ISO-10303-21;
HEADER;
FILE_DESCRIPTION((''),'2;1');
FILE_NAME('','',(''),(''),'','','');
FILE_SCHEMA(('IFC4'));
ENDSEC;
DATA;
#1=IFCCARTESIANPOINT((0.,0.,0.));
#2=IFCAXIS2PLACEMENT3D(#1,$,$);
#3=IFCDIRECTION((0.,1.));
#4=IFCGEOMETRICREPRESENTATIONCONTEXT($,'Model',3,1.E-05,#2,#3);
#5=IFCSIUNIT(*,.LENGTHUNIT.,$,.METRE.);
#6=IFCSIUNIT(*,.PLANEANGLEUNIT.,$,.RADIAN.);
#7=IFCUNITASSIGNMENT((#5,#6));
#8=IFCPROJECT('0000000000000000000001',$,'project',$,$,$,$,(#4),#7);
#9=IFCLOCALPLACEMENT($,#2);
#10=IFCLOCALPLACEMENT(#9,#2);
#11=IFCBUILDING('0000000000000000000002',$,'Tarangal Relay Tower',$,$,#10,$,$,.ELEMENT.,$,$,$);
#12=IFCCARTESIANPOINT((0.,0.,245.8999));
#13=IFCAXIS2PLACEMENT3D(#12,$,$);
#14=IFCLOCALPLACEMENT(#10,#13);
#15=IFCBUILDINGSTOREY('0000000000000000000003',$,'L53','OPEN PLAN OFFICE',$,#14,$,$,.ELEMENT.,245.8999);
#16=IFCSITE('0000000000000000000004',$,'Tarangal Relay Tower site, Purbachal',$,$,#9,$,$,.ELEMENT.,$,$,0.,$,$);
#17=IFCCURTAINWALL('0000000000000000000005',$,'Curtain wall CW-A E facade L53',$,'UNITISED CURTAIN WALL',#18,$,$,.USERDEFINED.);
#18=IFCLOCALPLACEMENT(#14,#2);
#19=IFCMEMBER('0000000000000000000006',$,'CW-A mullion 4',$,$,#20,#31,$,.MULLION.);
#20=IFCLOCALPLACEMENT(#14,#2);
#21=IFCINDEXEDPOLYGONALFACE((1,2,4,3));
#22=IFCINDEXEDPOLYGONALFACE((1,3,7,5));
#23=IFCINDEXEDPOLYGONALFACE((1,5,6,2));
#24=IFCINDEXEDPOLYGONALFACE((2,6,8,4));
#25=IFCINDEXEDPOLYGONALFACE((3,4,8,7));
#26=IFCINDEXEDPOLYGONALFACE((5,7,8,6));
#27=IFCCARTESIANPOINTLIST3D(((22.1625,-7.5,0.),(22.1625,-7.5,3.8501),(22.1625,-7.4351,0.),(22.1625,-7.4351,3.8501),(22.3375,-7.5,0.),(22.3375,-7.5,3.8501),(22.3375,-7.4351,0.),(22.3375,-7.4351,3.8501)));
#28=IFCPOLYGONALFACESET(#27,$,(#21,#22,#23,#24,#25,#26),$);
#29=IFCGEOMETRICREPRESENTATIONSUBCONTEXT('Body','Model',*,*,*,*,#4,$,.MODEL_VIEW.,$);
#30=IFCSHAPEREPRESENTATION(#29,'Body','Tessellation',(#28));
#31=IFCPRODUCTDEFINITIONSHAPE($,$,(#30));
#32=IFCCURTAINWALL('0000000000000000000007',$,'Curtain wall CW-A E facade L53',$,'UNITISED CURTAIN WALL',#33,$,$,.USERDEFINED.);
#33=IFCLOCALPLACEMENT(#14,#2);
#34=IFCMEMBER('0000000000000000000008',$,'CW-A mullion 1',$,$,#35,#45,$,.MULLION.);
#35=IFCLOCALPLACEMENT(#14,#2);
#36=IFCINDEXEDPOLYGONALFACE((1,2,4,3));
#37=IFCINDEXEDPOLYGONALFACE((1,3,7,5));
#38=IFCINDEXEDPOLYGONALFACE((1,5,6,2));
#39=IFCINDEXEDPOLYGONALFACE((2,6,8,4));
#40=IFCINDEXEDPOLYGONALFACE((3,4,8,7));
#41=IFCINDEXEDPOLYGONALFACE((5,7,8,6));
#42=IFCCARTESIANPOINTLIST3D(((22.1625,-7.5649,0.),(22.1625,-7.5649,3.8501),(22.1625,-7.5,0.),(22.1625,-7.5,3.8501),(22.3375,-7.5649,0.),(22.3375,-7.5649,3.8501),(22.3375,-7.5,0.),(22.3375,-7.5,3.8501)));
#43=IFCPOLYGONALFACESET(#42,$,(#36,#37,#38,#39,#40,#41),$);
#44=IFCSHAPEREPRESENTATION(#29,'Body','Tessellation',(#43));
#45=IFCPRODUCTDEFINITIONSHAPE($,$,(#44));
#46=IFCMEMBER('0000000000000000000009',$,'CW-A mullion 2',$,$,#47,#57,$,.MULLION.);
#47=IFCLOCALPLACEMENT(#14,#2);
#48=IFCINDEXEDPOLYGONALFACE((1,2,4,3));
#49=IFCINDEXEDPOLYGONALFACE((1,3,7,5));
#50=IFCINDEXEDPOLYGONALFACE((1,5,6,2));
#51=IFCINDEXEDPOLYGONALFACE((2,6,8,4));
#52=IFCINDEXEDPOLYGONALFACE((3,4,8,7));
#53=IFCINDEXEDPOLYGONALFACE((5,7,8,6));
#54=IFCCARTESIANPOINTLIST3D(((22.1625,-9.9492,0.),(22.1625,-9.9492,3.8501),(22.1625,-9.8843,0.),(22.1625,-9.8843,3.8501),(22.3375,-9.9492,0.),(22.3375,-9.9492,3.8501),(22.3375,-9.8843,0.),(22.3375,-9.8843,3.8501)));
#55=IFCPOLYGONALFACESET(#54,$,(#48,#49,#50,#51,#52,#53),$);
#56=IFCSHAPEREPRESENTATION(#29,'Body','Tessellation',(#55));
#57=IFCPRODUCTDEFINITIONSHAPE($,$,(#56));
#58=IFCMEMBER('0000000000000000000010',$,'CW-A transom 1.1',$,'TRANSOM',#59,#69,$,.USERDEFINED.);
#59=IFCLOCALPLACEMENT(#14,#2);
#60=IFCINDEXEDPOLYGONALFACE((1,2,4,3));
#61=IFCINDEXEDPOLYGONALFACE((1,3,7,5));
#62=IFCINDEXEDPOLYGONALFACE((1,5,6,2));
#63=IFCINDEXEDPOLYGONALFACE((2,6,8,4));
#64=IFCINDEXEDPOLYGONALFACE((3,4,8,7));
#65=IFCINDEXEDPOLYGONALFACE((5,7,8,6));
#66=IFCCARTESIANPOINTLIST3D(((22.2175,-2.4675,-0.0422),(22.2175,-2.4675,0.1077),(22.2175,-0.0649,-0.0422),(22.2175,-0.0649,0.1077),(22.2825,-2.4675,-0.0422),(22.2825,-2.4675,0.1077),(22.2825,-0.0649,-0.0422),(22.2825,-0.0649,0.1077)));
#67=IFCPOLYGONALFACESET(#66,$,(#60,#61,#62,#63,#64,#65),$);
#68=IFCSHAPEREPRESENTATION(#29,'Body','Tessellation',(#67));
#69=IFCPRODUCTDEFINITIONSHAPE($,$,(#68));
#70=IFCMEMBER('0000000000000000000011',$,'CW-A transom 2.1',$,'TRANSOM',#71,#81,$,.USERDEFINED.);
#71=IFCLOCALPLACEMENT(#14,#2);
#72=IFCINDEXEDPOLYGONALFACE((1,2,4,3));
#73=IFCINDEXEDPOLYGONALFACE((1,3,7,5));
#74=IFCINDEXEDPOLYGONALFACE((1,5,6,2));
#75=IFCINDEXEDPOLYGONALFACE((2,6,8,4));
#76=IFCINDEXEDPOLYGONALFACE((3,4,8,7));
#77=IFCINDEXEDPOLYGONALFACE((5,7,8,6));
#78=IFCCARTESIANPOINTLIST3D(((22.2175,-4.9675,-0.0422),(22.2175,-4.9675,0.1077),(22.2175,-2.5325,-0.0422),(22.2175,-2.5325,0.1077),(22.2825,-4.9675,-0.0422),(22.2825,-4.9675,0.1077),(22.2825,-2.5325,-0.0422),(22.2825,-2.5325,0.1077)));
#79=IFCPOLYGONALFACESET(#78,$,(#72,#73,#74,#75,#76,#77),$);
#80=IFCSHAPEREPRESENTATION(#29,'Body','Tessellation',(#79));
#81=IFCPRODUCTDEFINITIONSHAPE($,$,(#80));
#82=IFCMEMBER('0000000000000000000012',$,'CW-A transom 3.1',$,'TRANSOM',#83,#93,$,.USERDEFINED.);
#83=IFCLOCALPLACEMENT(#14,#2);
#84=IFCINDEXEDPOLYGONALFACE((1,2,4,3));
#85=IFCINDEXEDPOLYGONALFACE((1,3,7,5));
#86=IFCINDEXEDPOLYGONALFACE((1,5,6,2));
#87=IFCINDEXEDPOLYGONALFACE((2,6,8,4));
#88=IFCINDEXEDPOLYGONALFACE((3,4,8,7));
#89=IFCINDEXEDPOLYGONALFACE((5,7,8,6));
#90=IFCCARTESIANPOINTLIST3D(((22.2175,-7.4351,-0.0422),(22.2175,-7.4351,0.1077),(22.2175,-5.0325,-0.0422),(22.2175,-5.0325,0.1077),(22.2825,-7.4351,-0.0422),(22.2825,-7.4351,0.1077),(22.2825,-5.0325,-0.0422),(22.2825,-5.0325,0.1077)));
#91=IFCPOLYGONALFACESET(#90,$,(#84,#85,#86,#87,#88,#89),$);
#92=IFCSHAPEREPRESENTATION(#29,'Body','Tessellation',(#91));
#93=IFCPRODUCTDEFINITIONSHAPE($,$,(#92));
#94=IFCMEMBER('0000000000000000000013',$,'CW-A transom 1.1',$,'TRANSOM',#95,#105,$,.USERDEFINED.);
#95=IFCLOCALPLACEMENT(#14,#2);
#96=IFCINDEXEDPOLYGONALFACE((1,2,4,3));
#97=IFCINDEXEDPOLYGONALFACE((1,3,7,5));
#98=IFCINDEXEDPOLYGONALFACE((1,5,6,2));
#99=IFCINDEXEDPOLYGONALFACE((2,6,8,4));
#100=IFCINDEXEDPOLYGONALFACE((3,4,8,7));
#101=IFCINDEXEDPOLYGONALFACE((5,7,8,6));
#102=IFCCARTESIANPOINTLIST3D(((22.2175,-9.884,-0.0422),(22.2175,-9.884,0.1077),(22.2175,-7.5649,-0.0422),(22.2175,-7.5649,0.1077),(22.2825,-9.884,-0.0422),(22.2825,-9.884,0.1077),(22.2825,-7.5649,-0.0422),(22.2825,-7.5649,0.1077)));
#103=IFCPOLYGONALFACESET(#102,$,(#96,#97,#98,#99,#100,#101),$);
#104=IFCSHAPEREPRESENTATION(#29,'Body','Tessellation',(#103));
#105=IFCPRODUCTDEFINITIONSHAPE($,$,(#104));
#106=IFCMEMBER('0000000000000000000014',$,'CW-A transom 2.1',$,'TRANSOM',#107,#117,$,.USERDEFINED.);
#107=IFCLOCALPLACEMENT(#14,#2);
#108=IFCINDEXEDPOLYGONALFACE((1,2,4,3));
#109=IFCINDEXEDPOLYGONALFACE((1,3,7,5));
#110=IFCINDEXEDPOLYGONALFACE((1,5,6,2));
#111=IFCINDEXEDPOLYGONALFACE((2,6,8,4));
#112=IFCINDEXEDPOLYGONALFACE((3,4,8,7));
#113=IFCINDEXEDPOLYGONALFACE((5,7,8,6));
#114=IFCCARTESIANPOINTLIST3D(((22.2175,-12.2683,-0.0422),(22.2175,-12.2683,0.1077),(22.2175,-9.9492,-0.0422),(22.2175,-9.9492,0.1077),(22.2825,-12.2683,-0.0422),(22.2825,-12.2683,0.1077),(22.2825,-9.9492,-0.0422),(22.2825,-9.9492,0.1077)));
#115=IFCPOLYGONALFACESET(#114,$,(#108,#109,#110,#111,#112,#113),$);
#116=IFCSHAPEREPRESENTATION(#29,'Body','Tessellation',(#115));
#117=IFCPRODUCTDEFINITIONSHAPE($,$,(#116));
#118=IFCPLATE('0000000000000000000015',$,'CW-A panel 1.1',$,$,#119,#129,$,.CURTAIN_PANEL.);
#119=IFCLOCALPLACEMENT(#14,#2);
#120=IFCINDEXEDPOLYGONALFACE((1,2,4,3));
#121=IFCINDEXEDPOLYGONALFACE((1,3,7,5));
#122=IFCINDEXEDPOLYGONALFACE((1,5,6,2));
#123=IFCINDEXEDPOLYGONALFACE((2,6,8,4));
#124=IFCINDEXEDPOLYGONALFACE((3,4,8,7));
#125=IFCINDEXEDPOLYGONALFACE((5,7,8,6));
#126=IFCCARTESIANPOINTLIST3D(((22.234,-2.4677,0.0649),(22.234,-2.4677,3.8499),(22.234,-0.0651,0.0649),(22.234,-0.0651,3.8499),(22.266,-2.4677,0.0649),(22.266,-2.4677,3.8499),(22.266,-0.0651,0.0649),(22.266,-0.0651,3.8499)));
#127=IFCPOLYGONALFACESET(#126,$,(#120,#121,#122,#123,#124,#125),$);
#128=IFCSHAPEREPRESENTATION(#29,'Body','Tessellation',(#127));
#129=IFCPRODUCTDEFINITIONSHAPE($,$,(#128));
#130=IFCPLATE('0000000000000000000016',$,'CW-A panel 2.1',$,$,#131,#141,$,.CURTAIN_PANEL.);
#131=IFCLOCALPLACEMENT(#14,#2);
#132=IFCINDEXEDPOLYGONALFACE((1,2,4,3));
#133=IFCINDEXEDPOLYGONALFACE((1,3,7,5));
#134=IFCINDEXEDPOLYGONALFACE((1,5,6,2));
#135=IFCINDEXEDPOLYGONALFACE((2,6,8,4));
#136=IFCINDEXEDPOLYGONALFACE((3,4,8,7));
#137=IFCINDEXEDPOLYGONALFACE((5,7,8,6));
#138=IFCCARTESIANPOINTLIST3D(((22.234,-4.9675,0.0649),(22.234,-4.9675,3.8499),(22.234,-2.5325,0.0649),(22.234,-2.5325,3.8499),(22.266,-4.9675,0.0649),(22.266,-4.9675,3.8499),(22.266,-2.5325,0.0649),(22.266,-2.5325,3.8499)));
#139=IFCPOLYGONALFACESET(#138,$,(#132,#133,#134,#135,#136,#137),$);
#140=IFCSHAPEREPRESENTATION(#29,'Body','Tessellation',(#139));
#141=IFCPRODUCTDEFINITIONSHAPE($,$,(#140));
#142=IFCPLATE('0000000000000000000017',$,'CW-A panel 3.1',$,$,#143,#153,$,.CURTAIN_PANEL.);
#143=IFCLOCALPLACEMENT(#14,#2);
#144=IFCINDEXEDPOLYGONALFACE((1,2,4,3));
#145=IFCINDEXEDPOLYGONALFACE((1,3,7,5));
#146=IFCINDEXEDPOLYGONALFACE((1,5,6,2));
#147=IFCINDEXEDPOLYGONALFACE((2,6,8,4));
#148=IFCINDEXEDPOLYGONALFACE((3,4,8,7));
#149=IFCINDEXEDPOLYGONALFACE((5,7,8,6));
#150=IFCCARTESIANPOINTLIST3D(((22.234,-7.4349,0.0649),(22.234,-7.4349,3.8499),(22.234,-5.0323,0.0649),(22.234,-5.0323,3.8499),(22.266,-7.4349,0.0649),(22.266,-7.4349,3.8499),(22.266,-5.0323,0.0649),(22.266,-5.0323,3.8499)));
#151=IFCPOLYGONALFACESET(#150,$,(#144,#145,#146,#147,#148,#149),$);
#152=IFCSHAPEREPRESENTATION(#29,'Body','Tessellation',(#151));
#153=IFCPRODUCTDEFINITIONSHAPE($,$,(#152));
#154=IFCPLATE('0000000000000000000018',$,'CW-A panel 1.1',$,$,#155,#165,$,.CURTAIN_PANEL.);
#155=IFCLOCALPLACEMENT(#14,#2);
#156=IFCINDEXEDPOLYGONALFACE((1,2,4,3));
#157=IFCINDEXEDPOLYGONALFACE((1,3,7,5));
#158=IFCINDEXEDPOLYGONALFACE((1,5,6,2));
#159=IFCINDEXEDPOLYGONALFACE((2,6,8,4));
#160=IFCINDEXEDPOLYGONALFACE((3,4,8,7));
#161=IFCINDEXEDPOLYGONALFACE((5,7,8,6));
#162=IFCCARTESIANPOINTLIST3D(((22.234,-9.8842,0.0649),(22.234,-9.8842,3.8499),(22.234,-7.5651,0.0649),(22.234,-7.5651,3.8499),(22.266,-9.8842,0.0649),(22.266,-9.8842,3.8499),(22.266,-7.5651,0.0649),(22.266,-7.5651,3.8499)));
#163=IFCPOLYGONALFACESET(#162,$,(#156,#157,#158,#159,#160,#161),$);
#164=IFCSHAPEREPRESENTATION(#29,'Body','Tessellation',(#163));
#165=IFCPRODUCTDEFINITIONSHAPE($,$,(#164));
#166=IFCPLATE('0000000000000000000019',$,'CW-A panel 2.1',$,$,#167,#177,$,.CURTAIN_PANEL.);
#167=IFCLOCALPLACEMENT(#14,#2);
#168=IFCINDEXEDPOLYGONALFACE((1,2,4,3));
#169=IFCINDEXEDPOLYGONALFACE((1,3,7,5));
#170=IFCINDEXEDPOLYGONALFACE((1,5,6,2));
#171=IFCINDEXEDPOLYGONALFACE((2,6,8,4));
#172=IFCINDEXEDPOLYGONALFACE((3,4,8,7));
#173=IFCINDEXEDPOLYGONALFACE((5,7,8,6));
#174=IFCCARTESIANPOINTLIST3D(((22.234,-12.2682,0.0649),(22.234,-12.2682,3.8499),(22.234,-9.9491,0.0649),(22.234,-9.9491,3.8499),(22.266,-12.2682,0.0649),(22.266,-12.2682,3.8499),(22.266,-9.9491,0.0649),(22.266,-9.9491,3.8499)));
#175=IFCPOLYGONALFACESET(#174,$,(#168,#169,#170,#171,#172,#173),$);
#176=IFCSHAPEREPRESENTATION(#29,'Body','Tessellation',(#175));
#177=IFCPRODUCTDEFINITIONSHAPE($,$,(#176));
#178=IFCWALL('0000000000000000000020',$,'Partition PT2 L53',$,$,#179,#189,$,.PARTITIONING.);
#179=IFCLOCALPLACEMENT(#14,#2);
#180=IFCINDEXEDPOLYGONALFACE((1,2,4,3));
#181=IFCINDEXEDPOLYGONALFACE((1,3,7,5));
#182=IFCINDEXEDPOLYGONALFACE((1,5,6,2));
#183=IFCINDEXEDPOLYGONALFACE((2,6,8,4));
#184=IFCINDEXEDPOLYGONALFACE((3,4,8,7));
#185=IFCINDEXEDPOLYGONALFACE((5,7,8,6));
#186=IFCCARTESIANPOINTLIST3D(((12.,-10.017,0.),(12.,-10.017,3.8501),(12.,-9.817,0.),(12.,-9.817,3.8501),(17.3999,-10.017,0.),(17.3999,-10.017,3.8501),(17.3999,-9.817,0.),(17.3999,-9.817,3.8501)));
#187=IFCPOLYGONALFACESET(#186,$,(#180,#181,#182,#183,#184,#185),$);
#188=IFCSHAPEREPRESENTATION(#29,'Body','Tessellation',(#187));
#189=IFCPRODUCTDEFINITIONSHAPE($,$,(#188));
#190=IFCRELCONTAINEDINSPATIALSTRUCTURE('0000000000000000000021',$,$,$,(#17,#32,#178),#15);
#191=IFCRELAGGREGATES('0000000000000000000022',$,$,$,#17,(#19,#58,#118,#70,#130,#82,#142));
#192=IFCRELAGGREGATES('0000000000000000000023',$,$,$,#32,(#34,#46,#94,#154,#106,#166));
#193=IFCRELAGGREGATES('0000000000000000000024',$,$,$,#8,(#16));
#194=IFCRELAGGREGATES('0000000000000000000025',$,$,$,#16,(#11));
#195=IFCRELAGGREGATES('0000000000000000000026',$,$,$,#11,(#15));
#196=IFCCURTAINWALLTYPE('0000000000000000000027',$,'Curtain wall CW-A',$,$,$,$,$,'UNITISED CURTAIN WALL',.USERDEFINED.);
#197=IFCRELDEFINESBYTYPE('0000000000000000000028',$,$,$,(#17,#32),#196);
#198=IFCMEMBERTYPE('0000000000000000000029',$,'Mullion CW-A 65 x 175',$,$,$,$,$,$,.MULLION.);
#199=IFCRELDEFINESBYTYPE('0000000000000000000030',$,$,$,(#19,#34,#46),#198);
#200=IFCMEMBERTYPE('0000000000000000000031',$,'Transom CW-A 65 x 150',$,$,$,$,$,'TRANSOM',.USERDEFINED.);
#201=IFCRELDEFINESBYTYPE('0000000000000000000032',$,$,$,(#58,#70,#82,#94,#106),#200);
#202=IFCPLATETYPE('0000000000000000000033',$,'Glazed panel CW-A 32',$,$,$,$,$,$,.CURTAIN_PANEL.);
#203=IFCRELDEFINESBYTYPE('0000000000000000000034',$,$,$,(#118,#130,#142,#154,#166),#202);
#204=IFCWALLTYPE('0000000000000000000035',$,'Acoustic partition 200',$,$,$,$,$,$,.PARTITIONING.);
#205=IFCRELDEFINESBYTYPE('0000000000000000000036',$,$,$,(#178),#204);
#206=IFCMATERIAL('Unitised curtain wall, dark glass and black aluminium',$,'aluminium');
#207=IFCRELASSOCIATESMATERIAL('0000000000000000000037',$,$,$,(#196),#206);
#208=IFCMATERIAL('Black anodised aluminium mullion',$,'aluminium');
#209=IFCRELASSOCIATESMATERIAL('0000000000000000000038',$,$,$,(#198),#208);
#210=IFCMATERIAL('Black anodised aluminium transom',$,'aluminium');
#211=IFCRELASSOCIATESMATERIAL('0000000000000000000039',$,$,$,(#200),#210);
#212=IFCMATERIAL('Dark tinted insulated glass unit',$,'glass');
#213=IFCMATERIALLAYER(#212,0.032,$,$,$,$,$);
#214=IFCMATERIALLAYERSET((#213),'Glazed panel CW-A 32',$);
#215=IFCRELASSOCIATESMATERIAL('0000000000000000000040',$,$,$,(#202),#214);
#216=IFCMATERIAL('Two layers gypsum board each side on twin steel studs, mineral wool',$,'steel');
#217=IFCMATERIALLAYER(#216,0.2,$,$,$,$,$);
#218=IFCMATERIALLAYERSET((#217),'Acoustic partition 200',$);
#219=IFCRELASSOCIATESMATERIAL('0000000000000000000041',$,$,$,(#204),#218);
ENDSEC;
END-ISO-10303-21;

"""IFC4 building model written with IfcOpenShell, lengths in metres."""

from ifc_helpers import new_model, si_unit, direction, frame, frame_2d, origin, origin_2d, place, context, subcontext, project, spatial, rectangle, extrude, material, layer, layer_set, material_profile, profile_set, type_object, element, aggregate, save


model = new_model("IFC4")

# Units and contexts
model_context = context("Model", 3, precision=1e-05, world=origin(), true_north=direction((0.0, 1.0)))
body_context = subcontext(model_context, "Body", "Model", "MODEL_VIEW")
ifc_project = project(units=[si_unit("LENGTHUNIT", "METRE"), si_unit("PLANEANGLEUNIT", "RADIAN")], contexts=[model_context])

# Site, building, storey
site_placement = place(None, origin())
site = spatial("IfcSite", under=ifc_project, at=site_placement, Name="Tarangal Relay Tower site, Purbachal", CompositionType="ELEMENT", RefElevation=0.0)
building_placement = place(site_placement, origin())
building = spatial("IfcBuilding", under=site, at=building_placement, Name="Tarangal Relay Tower", CompositionType="ELEMENT")
storey_placement = place(building_placement, frame((0.0, 0.0, 245.8999)))
storey = spatial("IfcBuildingStorey", under=building, at=storey_placement, Name="L53", Description="OPEN PLAN OFFICE", CompositionType="ELEMENT", Elevation=245.8999)

# Curtain walls, members
ifc_material_1 = material(Name="Unitised curtain wall, dark glass and black aluminium", Category="aluminium")
curtain_wall_type = type_object("IfcCurtainWallType", Name="Curtain wall CW-A", ElementType="UNITISED CURTAIN WALL", PredefinedType="USERDEFINED", material=ifc_material_1)
curtain_wall_1_placement = place(storey_placement, origin())
curtain_wall_1 = element("IfcCurtainWall", 1, at=curtain_wall_1_placement, inside=storey, type_object=curtain_wall_type, Name="Curtain wall CW-A E facade L53", ObjectType="UNITISED CURTAIN WALL", PredefinedType="USERDEFINED")
ifc_material_2 = material(Name="Black anodised aluminium mullion", Category="aluminium")
ifc_material_profile_1 = material_profile(ifc_material_2, rectangle(XDim=0.175, YDim=0.0649, at=origin_2d()), Name="CW-AM 65X175")
ifc_profile_set_1 = profile_set([ifc_material_profile_1], Name="Black anodised aluminium mullion")
member_type_1 = type_object("IfcMemberType", Name="Mullion CW-A 65 x 175", PredefinedType="MULLION", material=ifc_profile_set_1)
member_1_placement = place(storey_placement, frame((22.25, -7.4675, 0.0), z_axis=(0.0, 0.0, 1.0), x_axis=(1.0, 0.0, 0.0)))
member_1 = element("IfcMember", 2, at=member_1_placement, type_object=member_type_1, Name="CW-A mullion 4", PredefinedType="MULLION", context=body_context, shape_type="SweptSolid", body=[
    extrude(rectangle(XDim=0.175, YDim=0.0649, at=origin_2d()), origin(), (0.0, 0.0, 1.0), 3.8501),
])
curtain_wall_2_placement = place(storey_placement, origin())
curtain_wall_2 = element("IfcCurtainWall", 3, at=curtain_wall_2_placement, inside=storey, type_object=curtain_wall_type, Name="Curtain wall CW-A E facade L53", ObjectType="UNITISED CURTAIN WALL", PredefinedType="USERDEFINED")
member_2_placement = place(storey_placement, frame((22.25, -7.5325, 0.0), z_axis=(0.0, 0.0, 1.0), x_axis=(1.0, 0.0, 0.0)))
member_2 = element("IfcMember", 4, at=member_2_placement, type_object=member_type_1, Name="CW-A mullion 1", PredefinedType="MULLION", context=body_context, shape_type="SweptSolid", body=[
    extrude(rectangle(XDim=0.175, YDim=0.0649, at=origin_2d()), origin(), (0.0, 0.0, 1.0), 3.8501),
])
member_3_placement = place(storey_placement, frame((22.25, -9.9167, 0.0), z_axis=(0.0, 0.0, 1.0), x_axis=(1.0, 0.0, 0.0)))
member_3 = element("IfcMember", 5, at=member_3_placement, type_object=member_type_1, Name="CW-A mullion 2", PredefinedType="MULLION", context=body_context, shape_type="SweptSolid", body=[
    extrude(rectangle(XDim=0.175, YDim=0.0649, at=origin_2d()), origin(), (0.0, 0.0, 1.0), 3.8501),
])

# Members
ifc_material_3 = material(Name="Black anodised aluminium transom", Category="aluminium")
ifc_material_profile_2 = material_profile(ifc_material_3, rectangle(XDim=0.0649, YDim=0.1499, at=origin_2d()), Name="CW-AT 65X150")
ifc_profile_set_2 = profile_set([ifc_material_profile_2], Name="Black anodised aluminium transom")
member_type_2 = type_object("IfcMemberType", Name="Transom CW-A 65 x 150", ElementType="TRANSOM", PredefinedType="USERDEFINED", material=ifc_profile_set_2)
member_4_placement = place(storey_placement, frame((22.25, -0.0649, 0.0327), z_axis=(0.0, -1.0, 0.0), x_axis=(1.0, 0.0, 0.0)))
member_4 = element("IfcMember", 6, at=member_4_placement, type_object=member_type_2, Name="CW-A transom 1.1", ObjectType="TRANSOM", PredefinedType="USERDEFINED", context=body_context, shape_type="SweptSolid", body=[
    extrude(rectangle(XDim=0.0649, YDim=0.1499, at=origin_2d()), origin(), (0.0, 0.0, 1.0), 2.4026),
])
member_5_placement = place(storey_placement, frame((22.25, -2.5325, 0.0327), z_axis=(0.0, -1.0, 0.0), x_axis=(1.0, 0.0, 0.0)))
member_5 = element("IfcMember", 7, at=member_5_placement, type_object=member_type_2, Name="CW-A transom 2.1", ObjectType="TRANSOM", PredefinedType="USERDEFINED", context=body_context, shape_type="SweptSolid", body=[
    extrude(rectangle(XDim=0.0649, YDim=0.1499, at=origin_2d()), origin(), (0.0, 0.0, 1.0), 2.4351),
])
member_6_placement = place(storey_placement, frame((22.25, -5.0325, 0.0327), z_axis=(0.0, -1.0, 0.0), x_axis=(1.0, 0.0, 0.0)))
member_6 = element("IfcMember", 8, at=member_6_placement, type_object=member_type_2, Name="CW-A transom 3.1", ObjectType="TRANSOM", PredefinedType="USERDEFINED", context=body_context, shape_type="SweptSolid", body=[
    extrude(rectangle(XDim=0.0649, YDim=0.1499, at=origin_2d()), origin(), (0.0, 0.0, 1.0), 2.4026),
])
member_7_placement = place(storey_placement, frame((22.25, -7.5649, 0.0327), z_axis=(0.0, -1.0, 0.0), x_axis=(1.0, 0.0, 0.0)))
member_7 = element("IfcMember", 9, at=member_7_placement, type_object=member_type_2, Name="CW-A transom 1.1", ObjectType="TRANSOM", PredefinedType="USERDEFINED", context=body_context, shape_type="SweptSolid", body=[
    extrude(rectangle(XDim=0.0649, YDim=0.1499, at=origin_2d()), origin(), (0.0, 0.0, 1.0), 2.3191),
])
member_8_placement = place(storey_placement, frame((22.25, -9.9492, 0.0327), z_axis=(0.0, -1.0, 0.0), x_axis=(1.0, 0.0, 0.0)))
member_8 = element("IfcMember", 10, at=member_8_placement, type_object=member_type_2, Name="CW-A transom 2.1", ObjectType="TRANSOM", PredefinedType="USERDEFINED", context=body_context, shape_type="SweptSolid", body=[
    extrude(rectangle(XDim=0.0649, YDim=0.1499, at=origin_2d()), origin(), (0.0, 0.0, 1.0), 2.3191),
])

# Plates
ifc_material_4 = material(Name="Dark tinted insulated glass unit", Category="glass")
ifc_layer_1 = layer(ifc_material_4, 0.032)
ifc_layer_set_1 = layer_set([ifc_layer_1], Name="Glazed panel CW-A 32")
plate_type = type_object("IfcPlateType", Name="Glazed panel CW-A 32", PredefinedType="CURTAIN_PANEL", material=ifc_layer_set_1)
plate_1_placement = place(storey_placement, frame((22.25, -1.2664, 0.0649), z_axis=(0.0, 0.0, 1.0), x_axis=(0.0, -1.0, 0.0)))
plate_1 = element("IfcPlate", 11, at=plate_1_placement, type_object=plate_type, Name="CW-A panel 1.1", PredefinedType="CURTAIN_PANEL", context=body_context, shape_type="SweptSolid", body=[
    extrude(rectangle(XDim=2.4026, YDim=0.032, at=origin_2d()), origin(), (0.0, 0.0, 1.0), 3.7849),
])
plate_2_placement = place(storey_placement, frame((22.25, -3.75, 0.0649), z_axis=(0.0, 0.0, 1.0), x_axis=(0.0, -1.0, 0.0)))
plate_2 = element("IfcPlate", 12, at=plate_2_placement, type_object=plate_type, Name="CW-A panel 2.1", PredefinedType="CURTAIN_PANEL", context=body_context, shape_type="SweptSolid", body=[
    extrude(rectangle(XDim=2.4351, YDim=0.032, at=origin_2d()), origin(), (0.0, 0.0, 1.0), 3.7849),
])
plate_3_placement = place(storey_placement, frame((22.25, -6.2336, 0.0649), z_axis=(0.0, 0.0, 1.0), x_axis=(0.0, -1.0, 0.0)))
plate_3 = element("IfcPlate", 13, at=plate_3_placement, type_object=plate_type, Name="CW-A panel 3.1", PredefinedType="CURTAIN_PANEL", context=body_context, shape_type="SweptSolid", body=[
    extrude(rectangle(XDim=2.4026, YDim=0.032, at=origin_2d()), origin(), (0.0, 0.0, 1.0), 3.7849),
])
aggregate(curtain_wall_1, [member_1, member_4, plate_1, member_5, plate_2, member_6, plate_3])
plate_4_placement = place(storey_placement, frame((22.25, -8.7246, 0.0649), z_axis=(0.0, 0.0, 1.0), x_axis=(0.0, -1.0, 0.0)))
plate_4 = element("IfcPlate", 14, at=plate_4_placement, type_object=plate_type, Name="CW-A panel 1.1", PredefinedType="CURTAIN_PANEL", context=body_context, shape_type="SweptSolid", body=[
    extrude(rectangle(XDim=2.3191, YDim=0.032, at=origin_2d()), origin(), (0.0, 0.0, 1.0), 3.7849),
])
plate_5_placement = place(storey_placement, frame((22.25, -11.1086, 0.0649), z_axis=(0.0, 0.0, 1.0), x_axis=(0.0, -1.0, 0.0)))
plate_5 = element("IfcPlate", 15, at=plate_5_placement, type_object=plate_type, Name="CW-A panel 2.1", PredefinedType="CURTAIN_PANEL", context=body_context, shape_type="SweptSolid", body=[
    extrude(rectangle(XDim=2.3191, YDim=0.032, at=origin_2d()), origin(), (0.0, 0.0, 1.0), 3.7849),
])
aggregate(curtain_wall_2, [member_2, member_3, member_7, plate_4, member_8, plate_5])

# Wall
ifc_material_5 = material(Name="Two layers gypsum board each side on twin steel studs, mineral wool", Category="steel")
ifc_layer_2 = layer(ifc_material_5, 0.2)
ifc_layer_set_2 = layer_set([ifc_layer_2], Name="Acoustic partition 200")
wall_type_1 = type_object("IfcWallType", Name="Acoustic partition 200", PredefinedType="PARTITIONING", material=ifc_layer_set_2)
for number, where, z_axis, x_axis, name in (
    (16, (12.0, -9.917, 0.0), (0.0, 0.0, 1.0), (1.0, 0.0, 0.0), "Partition PT2 L53"),
):
    element("IfcWall", number, at=place(storey_placement, frame(where, z_axis=z_axis, x_axis=x_axis)), inside=storey, type_object=wall_type_1, Name=name, PredefinedType="PARTITIONING", context=body_context, shape_type="SweptSolid", body=[
        extrude(rectangle(XDim=5.3999, YDim=0.2, at=frame_2d((2.7, 0.0))), origin(), (0.0, 0.0, 1.0), 3.8501),
    ])

save(model, "model.ifc")
